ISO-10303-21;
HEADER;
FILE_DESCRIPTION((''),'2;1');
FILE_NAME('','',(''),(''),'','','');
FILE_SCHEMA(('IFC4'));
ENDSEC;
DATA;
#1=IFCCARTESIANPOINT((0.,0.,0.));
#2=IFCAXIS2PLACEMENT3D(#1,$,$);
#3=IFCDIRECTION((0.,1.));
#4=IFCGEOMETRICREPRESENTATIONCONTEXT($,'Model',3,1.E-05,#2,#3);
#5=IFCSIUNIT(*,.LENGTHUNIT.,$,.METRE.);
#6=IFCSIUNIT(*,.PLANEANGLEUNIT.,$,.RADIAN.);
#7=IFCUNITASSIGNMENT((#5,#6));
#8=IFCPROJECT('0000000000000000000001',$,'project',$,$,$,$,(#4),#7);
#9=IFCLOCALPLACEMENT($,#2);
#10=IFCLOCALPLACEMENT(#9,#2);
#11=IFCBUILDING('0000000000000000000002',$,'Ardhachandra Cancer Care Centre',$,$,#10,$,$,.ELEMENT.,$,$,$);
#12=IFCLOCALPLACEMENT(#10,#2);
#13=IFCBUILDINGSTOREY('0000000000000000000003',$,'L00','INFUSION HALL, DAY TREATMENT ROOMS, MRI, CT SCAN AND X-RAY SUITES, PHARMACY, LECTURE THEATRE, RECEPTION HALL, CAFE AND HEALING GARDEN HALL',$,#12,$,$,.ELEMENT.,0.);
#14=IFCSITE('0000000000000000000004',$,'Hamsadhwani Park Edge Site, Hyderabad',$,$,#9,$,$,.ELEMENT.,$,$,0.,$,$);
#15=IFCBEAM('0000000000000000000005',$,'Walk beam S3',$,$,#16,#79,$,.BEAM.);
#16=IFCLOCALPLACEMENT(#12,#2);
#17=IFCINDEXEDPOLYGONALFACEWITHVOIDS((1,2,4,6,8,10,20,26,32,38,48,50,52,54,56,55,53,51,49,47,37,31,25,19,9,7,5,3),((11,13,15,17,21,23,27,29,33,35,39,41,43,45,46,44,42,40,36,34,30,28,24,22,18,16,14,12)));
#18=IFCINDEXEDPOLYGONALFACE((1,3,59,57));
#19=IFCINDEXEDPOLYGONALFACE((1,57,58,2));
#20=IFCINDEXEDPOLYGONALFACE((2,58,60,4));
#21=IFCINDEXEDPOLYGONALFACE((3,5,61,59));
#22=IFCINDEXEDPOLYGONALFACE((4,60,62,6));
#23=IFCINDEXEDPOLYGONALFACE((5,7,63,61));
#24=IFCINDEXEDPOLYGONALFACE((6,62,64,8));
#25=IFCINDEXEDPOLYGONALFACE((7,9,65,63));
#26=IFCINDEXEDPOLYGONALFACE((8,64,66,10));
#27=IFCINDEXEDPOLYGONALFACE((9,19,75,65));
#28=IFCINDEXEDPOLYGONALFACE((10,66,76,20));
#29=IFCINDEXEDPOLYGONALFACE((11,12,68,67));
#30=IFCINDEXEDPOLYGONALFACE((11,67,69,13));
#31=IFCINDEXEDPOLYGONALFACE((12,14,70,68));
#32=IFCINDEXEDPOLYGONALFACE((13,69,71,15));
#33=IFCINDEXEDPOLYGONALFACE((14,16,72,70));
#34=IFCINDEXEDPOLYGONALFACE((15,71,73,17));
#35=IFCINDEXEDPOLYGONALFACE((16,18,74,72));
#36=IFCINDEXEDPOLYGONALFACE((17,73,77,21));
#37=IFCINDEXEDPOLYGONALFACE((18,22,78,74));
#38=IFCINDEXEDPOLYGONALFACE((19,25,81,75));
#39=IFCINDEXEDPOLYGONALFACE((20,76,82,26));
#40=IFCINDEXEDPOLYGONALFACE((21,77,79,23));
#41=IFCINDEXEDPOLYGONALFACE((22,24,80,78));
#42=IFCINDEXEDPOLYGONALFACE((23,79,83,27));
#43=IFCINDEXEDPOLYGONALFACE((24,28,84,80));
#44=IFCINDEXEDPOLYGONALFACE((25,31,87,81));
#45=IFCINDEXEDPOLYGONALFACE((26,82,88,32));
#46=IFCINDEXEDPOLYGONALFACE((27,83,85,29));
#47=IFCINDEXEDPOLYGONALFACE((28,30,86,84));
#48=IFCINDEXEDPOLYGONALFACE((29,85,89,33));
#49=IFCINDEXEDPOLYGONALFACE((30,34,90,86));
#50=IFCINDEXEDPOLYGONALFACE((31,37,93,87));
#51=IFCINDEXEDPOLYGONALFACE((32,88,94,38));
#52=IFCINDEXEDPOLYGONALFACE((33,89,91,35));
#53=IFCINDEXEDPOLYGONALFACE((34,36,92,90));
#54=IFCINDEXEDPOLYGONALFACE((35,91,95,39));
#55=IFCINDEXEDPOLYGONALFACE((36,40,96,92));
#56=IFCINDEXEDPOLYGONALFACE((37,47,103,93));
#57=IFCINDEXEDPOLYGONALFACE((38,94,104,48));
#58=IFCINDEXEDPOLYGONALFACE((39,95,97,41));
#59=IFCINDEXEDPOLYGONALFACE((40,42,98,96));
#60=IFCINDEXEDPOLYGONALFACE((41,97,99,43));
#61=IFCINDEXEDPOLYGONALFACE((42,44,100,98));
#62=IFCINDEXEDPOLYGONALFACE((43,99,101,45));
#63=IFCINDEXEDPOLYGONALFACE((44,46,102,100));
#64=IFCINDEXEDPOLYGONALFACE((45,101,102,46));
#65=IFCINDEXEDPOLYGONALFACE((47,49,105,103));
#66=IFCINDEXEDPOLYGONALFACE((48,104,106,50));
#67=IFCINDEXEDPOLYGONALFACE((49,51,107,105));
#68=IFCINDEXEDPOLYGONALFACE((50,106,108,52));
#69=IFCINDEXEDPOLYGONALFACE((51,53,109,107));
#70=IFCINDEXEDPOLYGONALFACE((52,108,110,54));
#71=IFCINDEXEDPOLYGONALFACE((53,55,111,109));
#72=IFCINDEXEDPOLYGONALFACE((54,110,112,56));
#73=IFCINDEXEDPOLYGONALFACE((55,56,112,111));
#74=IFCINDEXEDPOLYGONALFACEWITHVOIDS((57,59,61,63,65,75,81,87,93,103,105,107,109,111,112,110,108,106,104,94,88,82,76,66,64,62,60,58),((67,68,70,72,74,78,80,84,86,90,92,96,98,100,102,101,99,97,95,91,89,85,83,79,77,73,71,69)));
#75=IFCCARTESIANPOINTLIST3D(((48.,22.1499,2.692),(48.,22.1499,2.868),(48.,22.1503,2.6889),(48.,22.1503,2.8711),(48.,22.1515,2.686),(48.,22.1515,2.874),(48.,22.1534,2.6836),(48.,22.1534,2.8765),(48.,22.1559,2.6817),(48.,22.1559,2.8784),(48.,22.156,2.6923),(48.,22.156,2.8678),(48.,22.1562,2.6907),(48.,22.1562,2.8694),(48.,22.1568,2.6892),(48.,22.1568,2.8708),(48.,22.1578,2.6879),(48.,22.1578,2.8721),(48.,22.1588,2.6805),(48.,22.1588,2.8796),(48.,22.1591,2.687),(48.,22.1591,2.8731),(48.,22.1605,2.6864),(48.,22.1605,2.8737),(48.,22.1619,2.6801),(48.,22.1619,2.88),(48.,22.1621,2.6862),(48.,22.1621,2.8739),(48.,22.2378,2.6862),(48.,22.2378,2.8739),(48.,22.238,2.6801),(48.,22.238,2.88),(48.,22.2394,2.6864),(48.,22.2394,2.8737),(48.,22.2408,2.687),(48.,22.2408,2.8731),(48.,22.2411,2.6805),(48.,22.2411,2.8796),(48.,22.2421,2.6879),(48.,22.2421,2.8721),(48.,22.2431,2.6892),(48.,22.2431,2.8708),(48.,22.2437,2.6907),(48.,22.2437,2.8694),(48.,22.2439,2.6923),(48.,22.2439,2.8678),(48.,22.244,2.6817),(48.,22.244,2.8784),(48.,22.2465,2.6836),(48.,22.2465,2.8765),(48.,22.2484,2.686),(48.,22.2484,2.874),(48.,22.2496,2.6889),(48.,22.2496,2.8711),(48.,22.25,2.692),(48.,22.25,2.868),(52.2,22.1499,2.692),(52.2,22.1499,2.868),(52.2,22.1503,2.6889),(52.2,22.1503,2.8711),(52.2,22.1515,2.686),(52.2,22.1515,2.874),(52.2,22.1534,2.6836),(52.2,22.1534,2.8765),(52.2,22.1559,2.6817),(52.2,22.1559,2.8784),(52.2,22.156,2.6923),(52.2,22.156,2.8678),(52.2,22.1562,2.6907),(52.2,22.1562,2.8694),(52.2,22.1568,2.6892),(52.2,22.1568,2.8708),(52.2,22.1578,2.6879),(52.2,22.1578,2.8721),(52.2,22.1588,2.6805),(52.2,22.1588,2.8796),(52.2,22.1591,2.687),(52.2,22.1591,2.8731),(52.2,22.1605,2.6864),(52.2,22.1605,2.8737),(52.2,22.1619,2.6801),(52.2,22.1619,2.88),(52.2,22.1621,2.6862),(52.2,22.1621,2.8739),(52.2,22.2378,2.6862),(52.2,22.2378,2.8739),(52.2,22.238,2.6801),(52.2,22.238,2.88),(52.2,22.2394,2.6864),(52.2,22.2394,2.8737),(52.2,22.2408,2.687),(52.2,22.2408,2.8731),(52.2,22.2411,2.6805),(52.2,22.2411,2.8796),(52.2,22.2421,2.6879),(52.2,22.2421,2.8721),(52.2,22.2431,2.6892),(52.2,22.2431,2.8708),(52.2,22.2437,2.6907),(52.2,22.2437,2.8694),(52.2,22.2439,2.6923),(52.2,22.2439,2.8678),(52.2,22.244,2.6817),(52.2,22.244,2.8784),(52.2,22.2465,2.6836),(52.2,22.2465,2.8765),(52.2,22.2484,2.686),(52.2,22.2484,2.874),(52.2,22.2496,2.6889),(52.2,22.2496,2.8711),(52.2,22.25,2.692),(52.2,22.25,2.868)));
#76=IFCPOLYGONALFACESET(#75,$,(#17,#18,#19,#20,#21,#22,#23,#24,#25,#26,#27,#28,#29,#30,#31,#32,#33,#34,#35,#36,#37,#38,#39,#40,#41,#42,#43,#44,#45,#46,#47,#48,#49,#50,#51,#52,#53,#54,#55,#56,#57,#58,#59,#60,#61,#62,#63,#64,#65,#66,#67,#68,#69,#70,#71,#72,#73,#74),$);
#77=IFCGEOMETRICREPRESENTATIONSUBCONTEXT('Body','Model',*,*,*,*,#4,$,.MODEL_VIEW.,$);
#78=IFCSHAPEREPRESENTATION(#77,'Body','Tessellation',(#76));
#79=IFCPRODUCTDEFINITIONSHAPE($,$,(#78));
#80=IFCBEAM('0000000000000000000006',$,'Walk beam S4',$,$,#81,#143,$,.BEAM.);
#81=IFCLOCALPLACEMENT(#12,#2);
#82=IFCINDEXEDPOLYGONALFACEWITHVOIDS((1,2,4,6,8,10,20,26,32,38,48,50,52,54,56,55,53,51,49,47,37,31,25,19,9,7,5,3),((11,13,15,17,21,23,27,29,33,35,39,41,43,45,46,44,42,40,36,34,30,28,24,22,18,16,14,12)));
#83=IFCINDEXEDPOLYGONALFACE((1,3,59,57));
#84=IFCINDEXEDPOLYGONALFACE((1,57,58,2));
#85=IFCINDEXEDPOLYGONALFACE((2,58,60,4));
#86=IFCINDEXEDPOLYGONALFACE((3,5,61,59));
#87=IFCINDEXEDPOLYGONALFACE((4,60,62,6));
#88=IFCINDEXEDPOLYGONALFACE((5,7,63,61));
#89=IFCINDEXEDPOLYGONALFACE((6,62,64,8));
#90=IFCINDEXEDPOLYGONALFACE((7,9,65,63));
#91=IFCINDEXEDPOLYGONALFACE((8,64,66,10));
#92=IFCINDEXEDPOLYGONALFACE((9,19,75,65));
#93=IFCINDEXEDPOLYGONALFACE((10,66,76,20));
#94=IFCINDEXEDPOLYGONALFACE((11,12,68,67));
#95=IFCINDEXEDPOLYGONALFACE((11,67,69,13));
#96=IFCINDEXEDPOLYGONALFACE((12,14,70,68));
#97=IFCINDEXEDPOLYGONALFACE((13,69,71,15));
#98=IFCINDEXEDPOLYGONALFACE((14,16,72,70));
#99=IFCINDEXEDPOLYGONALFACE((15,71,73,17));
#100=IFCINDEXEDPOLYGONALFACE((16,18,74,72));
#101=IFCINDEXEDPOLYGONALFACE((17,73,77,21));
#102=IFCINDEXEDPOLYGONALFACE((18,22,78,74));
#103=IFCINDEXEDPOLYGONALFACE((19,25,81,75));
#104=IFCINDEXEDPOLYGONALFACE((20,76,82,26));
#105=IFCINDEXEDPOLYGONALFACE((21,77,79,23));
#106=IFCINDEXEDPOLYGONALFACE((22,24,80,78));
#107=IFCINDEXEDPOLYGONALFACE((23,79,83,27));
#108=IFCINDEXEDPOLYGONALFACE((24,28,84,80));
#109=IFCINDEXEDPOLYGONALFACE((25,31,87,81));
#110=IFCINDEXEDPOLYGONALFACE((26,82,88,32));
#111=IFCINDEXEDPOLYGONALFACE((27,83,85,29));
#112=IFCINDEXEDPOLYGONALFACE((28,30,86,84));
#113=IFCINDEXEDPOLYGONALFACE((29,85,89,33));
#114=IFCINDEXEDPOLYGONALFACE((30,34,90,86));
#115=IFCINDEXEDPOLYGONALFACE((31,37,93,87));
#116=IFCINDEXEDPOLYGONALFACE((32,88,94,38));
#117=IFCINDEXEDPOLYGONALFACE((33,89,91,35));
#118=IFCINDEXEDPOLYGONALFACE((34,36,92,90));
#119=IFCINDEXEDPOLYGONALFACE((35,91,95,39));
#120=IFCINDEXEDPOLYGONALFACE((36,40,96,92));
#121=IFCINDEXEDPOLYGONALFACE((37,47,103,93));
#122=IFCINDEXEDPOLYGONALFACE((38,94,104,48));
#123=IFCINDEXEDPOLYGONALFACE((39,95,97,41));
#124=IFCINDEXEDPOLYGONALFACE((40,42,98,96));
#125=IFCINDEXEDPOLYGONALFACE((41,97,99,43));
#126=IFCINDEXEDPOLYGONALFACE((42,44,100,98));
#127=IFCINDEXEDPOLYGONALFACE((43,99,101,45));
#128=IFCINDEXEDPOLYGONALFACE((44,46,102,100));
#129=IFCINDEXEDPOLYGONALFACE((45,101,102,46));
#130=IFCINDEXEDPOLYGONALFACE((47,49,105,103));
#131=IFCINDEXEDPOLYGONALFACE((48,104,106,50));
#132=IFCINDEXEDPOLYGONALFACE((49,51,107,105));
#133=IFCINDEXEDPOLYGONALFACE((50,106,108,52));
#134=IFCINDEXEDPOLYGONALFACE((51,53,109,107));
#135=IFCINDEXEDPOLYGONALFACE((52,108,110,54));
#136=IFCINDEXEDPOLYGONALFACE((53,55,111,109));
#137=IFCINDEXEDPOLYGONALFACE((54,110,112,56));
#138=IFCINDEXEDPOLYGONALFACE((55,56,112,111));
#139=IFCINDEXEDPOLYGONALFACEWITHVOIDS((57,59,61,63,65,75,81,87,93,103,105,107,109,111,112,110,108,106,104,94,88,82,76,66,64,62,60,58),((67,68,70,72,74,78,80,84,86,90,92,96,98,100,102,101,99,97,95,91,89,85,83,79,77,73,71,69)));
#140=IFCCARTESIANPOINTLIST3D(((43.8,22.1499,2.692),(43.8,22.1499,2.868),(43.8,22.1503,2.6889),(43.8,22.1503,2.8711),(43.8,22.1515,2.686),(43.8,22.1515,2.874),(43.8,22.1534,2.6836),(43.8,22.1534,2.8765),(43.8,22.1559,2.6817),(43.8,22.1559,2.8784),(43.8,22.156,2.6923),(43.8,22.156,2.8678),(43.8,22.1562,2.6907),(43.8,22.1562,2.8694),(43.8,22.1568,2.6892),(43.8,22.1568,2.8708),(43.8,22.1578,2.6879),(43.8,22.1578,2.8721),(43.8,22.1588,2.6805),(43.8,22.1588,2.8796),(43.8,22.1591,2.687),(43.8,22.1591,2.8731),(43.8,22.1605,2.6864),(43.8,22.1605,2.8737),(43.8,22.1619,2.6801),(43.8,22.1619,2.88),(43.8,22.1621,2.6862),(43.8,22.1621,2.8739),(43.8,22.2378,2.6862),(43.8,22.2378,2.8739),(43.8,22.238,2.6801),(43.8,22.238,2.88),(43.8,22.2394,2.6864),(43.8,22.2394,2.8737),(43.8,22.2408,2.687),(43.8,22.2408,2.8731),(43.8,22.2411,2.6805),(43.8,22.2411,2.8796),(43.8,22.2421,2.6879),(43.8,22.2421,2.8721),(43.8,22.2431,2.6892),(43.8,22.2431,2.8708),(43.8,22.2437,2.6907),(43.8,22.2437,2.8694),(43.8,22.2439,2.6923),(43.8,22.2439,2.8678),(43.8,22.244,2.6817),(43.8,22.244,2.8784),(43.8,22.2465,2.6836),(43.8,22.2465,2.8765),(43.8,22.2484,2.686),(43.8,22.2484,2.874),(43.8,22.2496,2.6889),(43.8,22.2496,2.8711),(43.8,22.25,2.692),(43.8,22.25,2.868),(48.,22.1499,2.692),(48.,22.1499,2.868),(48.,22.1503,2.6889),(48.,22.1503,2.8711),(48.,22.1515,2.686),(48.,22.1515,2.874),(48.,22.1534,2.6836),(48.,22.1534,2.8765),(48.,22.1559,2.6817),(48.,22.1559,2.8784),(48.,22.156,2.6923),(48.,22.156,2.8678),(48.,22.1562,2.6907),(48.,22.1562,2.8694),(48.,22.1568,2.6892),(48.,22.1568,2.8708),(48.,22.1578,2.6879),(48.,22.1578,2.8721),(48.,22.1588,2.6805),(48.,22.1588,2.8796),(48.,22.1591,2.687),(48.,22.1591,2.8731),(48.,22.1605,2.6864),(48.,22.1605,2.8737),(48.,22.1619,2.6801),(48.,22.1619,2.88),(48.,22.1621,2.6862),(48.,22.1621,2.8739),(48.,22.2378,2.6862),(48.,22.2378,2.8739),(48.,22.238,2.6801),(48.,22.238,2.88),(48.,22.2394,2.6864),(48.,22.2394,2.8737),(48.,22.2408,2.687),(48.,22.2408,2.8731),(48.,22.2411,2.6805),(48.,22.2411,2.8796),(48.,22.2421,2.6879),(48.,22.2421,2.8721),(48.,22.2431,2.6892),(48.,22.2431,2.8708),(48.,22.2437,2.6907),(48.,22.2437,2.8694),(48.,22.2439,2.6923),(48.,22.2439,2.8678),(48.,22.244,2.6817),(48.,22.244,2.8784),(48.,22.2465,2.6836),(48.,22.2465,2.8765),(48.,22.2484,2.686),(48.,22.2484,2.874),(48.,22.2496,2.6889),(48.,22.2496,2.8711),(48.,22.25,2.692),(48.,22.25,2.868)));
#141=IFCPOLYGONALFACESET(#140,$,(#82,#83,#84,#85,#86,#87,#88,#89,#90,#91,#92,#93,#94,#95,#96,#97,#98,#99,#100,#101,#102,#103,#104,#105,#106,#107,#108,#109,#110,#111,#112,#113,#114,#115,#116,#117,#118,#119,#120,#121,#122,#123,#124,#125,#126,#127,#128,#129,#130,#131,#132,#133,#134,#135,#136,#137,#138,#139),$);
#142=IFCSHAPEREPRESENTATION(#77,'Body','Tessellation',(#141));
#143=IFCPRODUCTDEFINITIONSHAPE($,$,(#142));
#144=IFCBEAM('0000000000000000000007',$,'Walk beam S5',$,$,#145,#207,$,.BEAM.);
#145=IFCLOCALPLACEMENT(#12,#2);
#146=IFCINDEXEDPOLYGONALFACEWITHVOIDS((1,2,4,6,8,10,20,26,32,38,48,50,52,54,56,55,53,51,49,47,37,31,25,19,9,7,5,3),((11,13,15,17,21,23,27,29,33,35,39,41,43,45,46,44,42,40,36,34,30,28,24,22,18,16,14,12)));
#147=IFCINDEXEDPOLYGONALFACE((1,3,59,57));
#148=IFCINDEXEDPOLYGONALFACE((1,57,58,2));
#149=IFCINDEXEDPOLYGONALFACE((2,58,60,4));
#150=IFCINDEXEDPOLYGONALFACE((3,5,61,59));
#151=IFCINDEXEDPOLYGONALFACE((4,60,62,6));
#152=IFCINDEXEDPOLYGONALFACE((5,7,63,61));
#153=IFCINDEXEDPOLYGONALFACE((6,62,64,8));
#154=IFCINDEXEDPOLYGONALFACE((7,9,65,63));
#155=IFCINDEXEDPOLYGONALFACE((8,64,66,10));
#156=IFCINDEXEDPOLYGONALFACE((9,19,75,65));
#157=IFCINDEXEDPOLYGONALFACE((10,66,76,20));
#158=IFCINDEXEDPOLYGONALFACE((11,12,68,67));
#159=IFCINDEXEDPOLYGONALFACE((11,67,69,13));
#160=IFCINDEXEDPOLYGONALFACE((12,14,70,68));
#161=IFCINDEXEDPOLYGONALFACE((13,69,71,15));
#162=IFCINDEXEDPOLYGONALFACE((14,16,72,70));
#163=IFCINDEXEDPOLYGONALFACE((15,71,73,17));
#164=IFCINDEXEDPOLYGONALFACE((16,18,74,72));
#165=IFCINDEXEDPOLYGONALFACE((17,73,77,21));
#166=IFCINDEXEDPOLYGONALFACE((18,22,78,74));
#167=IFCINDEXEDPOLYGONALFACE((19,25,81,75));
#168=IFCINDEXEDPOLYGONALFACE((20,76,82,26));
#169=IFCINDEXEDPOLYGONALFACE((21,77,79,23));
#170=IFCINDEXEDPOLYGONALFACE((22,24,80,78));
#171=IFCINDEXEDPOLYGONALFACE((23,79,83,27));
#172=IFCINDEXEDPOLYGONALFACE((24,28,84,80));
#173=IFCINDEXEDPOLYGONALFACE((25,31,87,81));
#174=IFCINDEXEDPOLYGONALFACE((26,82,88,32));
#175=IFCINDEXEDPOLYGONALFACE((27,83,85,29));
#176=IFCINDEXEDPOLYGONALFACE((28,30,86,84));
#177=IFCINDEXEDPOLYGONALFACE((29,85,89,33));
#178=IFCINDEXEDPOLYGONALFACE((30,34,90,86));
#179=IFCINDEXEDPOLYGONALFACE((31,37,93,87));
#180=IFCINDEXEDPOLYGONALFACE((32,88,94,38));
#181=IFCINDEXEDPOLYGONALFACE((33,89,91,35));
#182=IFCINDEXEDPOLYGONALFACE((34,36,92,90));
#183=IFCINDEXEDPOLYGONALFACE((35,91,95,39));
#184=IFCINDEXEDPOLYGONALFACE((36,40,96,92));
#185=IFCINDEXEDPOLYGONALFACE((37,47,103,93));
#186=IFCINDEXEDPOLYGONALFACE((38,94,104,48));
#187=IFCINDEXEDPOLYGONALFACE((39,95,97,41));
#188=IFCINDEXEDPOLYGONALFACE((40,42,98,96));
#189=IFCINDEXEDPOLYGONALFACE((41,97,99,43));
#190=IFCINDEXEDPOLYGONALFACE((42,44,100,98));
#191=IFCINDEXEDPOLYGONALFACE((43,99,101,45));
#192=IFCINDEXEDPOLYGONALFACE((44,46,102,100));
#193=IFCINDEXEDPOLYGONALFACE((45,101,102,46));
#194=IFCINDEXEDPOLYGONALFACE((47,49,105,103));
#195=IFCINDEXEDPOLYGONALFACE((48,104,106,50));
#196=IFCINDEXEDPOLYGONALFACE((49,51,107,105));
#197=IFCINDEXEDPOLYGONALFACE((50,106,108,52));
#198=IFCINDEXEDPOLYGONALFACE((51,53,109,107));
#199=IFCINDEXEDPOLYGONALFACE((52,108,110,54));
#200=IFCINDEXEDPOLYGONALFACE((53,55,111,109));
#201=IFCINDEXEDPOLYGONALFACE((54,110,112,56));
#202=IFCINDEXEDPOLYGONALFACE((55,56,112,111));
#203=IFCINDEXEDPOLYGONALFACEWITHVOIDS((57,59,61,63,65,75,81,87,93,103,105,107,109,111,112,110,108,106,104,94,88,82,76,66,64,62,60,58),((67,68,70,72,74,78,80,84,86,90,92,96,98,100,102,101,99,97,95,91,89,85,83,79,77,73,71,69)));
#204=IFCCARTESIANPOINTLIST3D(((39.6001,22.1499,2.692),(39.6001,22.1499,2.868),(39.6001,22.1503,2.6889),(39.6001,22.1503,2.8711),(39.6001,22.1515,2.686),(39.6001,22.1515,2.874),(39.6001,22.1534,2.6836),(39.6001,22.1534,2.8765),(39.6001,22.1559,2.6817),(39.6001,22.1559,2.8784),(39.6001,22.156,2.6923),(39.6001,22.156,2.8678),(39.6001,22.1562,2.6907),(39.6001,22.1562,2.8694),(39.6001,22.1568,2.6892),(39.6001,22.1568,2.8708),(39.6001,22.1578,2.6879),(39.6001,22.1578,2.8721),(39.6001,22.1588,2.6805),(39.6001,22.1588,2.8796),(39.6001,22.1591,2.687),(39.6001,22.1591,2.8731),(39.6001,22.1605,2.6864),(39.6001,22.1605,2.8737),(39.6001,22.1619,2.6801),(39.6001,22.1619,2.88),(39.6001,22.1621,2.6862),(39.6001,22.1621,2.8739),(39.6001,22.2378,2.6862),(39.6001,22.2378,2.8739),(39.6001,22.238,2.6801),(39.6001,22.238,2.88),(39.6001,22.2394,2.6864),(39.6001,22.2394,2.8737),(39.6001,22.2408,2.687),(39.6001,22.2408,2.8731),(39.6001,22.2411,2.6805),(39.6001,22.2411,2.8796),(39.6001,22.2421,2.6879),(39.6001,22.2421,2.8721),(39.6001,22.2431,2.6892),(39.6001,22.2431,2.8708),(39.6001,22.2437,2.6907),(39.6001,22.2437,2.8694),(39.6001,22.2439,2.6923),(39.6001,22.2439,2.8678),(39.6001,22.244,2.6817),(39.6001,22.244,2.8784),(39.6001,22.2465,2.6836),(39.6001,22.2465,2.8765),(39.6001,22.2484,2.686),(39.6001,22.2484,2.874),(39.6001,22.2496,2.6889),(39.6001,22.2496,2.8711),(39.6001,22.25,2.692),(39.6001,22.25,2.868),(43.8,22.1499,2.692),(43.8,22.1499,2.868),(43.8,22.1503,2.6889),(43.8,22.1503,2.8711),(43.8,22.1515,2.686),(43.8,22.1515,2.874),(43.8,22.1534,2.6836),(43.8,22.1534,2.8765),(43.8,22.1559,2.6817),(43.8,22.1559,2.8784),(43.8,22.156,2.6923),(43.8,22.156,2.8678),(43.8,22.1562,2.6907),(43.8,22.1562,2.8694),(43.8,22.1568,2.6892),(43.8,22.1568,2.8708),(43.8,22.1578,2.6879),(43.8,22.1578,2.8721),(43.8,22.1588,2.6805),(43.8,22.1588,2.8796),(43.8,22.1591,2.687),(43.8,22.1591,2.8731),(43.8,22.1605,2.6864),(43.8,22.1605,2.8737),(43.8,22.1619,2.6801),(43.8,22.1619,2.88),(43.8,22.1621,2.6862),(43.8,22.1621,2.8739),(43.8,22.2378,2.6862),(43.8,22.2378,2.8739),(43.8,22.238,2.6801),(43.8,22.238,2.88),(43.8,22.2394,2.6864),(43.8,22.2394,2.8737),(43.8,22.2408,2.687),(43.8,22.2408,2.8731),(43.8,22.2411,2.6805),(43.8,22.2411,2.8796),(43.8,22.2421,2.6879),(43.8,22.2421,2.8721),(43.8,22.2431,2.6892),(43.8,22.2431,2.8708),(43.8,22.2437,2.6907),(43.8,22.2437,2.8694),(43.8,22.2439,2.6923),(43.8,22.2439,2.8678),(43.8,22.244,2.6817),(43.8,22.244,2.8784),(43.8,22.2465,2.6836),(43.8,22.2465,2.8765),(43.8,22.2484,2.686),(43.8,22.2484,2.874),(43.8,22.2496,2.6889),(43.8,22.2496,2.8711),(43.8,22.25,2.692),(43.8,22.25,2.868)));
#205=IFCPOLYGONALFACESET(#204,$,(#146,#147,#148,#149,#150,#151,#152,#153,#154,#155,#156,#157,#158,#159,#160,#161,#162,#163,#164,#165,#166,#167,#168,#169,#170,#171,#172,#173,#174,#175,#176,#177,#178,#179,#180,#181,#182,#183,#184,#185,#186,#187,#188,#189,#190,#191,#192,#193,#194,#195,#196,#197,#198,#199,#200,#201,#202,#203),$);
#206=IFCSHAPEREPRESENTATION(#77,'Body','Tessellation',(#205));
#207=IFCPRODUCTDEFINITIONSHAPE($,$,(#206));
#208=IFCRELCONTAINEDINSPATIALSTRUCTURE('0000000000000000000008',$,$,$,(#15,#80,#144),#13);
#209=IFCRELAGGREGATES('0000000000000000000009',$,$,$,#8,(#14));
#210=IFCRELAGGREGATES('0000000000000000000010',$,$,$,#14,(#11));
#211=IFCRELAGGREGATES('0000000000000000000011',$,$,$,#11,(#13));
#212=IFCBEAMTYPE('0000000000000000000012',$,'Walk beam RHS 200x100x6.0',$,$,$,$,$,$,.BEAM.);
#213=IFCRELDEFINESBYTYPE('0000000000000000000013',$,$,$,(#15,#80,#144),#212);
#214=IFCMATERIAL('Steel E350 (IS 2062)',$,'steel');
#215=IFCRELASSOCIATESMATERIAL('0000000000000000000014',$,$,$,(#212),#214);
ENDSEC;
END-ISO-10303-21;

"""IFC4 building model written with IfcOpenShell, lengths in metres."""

from ifc_helpers import new_model, si_unit, direction, frame, origin, origin_2d, place, context, subcontext, project, spatial, hollow_rectangle, extrude, material, material_profile, profile_set, type_object, element, save


model = new_model("IFC4")

# Units and contexts
model_context = context("Model", 3, precision=1e-05, world=origin(), true_north=direction((0.0, 1.0)))
body_context = subcontext(model_context, "Body", "Model", "MODEL_VIEW")
ifc_project = project(units=[si_unit("LENGTHUNIT", "METRE"), si_unit("PLANEANGLEUNIT", "RADIAN")], contexts=[model_context])

# Site, building, storey
site_placement = place(None, origin())
site = spatial("IfcSite", under=ifc_project, at=site_placement, Name="Hamsadhwani Park Edge Site, Hyderabad", CompositionType="ELEMENT", RefElevation=0.0)
building_placement = place(site_placement, origin())
building = spatial("IfcBuilding", under=site, at=building_placement, Name="Ardhachandra Cancer Care Centre", CompositionType="ELEMENT")
storey_placement = place(building_placement, origin())
storey = spatial("IfcBuildingStorey", under=building, at=storey_placement, Name="L00", Description="INFUSION HALL, DAY TREATMENT ROOMS, MRI, CT SCAN AND X-RAY SUITES, PHARMACY, LECTURE THEATRE, RECEPTION HALL, CAFE AND HEALING GARDEN HALL", CompositionType="ELEMENT", Elevation=0.0)

# Beams
ifc_material_1 = material(Name="Steel E350 (IS 2062)", Category="steel")
ifc_material_profile_1 = material_profile(ifc_material_1, hollow_rectangle(XDim=0.1001, YDim=0.2, WallThickness=0.0061, InnerFilletRadius=0.0061, OuterFilletRadius=0.012, at=origin_2d()), Name="RHS 200x100x6.0")
ifc_profile_set_1 = profile_set([ifc_material_profile_1], Name="Steel E350 (IS 2062)")
beam_type = type_object("IfcBeamType", Name="Walk beam RHS 200x100x6.0", PredefinedType="BEAM", material=ifc_profile_set_1)
for number, where, z_axis, x_axis, name in (
    (1, (48.0, 22.2, 2.78), (1.0, 0.0, 0.0), (0.0, 1.0, 0.0), "Walk beam S3"),
    (2, (43.8, 22.2, 2.78), (1.0, 0.0, 0.0), (0.0, 1.0, 0.0), "Walk beam S4"),
    (3, (39.6001, 22.2, 2.78), (1.0, 0.0, 0.0), (0.0, 1.0, 0.0), "Walk beam S5"),
):
    element("IfcBeam", number, at=place(storey_placement, frame(where, z_axis=z_axis, x_axis=x_axis)), inside=storey, type_object=beam_type, Name=name, PredefinedType="BEAM", context=body_context, shape_type="SweptSolid", body=[
        extrude(hollow_rectangle(XDim=0.1001, YDim=0.2, WallThickness=0.0061, InnerFilletRadius=0.0061, OuterFilletRadius=0.012, at=origin_2d()), origin(), (0.0, 0.0, 1.0), 4.2),
    ])

save(model, "model.ifc")
